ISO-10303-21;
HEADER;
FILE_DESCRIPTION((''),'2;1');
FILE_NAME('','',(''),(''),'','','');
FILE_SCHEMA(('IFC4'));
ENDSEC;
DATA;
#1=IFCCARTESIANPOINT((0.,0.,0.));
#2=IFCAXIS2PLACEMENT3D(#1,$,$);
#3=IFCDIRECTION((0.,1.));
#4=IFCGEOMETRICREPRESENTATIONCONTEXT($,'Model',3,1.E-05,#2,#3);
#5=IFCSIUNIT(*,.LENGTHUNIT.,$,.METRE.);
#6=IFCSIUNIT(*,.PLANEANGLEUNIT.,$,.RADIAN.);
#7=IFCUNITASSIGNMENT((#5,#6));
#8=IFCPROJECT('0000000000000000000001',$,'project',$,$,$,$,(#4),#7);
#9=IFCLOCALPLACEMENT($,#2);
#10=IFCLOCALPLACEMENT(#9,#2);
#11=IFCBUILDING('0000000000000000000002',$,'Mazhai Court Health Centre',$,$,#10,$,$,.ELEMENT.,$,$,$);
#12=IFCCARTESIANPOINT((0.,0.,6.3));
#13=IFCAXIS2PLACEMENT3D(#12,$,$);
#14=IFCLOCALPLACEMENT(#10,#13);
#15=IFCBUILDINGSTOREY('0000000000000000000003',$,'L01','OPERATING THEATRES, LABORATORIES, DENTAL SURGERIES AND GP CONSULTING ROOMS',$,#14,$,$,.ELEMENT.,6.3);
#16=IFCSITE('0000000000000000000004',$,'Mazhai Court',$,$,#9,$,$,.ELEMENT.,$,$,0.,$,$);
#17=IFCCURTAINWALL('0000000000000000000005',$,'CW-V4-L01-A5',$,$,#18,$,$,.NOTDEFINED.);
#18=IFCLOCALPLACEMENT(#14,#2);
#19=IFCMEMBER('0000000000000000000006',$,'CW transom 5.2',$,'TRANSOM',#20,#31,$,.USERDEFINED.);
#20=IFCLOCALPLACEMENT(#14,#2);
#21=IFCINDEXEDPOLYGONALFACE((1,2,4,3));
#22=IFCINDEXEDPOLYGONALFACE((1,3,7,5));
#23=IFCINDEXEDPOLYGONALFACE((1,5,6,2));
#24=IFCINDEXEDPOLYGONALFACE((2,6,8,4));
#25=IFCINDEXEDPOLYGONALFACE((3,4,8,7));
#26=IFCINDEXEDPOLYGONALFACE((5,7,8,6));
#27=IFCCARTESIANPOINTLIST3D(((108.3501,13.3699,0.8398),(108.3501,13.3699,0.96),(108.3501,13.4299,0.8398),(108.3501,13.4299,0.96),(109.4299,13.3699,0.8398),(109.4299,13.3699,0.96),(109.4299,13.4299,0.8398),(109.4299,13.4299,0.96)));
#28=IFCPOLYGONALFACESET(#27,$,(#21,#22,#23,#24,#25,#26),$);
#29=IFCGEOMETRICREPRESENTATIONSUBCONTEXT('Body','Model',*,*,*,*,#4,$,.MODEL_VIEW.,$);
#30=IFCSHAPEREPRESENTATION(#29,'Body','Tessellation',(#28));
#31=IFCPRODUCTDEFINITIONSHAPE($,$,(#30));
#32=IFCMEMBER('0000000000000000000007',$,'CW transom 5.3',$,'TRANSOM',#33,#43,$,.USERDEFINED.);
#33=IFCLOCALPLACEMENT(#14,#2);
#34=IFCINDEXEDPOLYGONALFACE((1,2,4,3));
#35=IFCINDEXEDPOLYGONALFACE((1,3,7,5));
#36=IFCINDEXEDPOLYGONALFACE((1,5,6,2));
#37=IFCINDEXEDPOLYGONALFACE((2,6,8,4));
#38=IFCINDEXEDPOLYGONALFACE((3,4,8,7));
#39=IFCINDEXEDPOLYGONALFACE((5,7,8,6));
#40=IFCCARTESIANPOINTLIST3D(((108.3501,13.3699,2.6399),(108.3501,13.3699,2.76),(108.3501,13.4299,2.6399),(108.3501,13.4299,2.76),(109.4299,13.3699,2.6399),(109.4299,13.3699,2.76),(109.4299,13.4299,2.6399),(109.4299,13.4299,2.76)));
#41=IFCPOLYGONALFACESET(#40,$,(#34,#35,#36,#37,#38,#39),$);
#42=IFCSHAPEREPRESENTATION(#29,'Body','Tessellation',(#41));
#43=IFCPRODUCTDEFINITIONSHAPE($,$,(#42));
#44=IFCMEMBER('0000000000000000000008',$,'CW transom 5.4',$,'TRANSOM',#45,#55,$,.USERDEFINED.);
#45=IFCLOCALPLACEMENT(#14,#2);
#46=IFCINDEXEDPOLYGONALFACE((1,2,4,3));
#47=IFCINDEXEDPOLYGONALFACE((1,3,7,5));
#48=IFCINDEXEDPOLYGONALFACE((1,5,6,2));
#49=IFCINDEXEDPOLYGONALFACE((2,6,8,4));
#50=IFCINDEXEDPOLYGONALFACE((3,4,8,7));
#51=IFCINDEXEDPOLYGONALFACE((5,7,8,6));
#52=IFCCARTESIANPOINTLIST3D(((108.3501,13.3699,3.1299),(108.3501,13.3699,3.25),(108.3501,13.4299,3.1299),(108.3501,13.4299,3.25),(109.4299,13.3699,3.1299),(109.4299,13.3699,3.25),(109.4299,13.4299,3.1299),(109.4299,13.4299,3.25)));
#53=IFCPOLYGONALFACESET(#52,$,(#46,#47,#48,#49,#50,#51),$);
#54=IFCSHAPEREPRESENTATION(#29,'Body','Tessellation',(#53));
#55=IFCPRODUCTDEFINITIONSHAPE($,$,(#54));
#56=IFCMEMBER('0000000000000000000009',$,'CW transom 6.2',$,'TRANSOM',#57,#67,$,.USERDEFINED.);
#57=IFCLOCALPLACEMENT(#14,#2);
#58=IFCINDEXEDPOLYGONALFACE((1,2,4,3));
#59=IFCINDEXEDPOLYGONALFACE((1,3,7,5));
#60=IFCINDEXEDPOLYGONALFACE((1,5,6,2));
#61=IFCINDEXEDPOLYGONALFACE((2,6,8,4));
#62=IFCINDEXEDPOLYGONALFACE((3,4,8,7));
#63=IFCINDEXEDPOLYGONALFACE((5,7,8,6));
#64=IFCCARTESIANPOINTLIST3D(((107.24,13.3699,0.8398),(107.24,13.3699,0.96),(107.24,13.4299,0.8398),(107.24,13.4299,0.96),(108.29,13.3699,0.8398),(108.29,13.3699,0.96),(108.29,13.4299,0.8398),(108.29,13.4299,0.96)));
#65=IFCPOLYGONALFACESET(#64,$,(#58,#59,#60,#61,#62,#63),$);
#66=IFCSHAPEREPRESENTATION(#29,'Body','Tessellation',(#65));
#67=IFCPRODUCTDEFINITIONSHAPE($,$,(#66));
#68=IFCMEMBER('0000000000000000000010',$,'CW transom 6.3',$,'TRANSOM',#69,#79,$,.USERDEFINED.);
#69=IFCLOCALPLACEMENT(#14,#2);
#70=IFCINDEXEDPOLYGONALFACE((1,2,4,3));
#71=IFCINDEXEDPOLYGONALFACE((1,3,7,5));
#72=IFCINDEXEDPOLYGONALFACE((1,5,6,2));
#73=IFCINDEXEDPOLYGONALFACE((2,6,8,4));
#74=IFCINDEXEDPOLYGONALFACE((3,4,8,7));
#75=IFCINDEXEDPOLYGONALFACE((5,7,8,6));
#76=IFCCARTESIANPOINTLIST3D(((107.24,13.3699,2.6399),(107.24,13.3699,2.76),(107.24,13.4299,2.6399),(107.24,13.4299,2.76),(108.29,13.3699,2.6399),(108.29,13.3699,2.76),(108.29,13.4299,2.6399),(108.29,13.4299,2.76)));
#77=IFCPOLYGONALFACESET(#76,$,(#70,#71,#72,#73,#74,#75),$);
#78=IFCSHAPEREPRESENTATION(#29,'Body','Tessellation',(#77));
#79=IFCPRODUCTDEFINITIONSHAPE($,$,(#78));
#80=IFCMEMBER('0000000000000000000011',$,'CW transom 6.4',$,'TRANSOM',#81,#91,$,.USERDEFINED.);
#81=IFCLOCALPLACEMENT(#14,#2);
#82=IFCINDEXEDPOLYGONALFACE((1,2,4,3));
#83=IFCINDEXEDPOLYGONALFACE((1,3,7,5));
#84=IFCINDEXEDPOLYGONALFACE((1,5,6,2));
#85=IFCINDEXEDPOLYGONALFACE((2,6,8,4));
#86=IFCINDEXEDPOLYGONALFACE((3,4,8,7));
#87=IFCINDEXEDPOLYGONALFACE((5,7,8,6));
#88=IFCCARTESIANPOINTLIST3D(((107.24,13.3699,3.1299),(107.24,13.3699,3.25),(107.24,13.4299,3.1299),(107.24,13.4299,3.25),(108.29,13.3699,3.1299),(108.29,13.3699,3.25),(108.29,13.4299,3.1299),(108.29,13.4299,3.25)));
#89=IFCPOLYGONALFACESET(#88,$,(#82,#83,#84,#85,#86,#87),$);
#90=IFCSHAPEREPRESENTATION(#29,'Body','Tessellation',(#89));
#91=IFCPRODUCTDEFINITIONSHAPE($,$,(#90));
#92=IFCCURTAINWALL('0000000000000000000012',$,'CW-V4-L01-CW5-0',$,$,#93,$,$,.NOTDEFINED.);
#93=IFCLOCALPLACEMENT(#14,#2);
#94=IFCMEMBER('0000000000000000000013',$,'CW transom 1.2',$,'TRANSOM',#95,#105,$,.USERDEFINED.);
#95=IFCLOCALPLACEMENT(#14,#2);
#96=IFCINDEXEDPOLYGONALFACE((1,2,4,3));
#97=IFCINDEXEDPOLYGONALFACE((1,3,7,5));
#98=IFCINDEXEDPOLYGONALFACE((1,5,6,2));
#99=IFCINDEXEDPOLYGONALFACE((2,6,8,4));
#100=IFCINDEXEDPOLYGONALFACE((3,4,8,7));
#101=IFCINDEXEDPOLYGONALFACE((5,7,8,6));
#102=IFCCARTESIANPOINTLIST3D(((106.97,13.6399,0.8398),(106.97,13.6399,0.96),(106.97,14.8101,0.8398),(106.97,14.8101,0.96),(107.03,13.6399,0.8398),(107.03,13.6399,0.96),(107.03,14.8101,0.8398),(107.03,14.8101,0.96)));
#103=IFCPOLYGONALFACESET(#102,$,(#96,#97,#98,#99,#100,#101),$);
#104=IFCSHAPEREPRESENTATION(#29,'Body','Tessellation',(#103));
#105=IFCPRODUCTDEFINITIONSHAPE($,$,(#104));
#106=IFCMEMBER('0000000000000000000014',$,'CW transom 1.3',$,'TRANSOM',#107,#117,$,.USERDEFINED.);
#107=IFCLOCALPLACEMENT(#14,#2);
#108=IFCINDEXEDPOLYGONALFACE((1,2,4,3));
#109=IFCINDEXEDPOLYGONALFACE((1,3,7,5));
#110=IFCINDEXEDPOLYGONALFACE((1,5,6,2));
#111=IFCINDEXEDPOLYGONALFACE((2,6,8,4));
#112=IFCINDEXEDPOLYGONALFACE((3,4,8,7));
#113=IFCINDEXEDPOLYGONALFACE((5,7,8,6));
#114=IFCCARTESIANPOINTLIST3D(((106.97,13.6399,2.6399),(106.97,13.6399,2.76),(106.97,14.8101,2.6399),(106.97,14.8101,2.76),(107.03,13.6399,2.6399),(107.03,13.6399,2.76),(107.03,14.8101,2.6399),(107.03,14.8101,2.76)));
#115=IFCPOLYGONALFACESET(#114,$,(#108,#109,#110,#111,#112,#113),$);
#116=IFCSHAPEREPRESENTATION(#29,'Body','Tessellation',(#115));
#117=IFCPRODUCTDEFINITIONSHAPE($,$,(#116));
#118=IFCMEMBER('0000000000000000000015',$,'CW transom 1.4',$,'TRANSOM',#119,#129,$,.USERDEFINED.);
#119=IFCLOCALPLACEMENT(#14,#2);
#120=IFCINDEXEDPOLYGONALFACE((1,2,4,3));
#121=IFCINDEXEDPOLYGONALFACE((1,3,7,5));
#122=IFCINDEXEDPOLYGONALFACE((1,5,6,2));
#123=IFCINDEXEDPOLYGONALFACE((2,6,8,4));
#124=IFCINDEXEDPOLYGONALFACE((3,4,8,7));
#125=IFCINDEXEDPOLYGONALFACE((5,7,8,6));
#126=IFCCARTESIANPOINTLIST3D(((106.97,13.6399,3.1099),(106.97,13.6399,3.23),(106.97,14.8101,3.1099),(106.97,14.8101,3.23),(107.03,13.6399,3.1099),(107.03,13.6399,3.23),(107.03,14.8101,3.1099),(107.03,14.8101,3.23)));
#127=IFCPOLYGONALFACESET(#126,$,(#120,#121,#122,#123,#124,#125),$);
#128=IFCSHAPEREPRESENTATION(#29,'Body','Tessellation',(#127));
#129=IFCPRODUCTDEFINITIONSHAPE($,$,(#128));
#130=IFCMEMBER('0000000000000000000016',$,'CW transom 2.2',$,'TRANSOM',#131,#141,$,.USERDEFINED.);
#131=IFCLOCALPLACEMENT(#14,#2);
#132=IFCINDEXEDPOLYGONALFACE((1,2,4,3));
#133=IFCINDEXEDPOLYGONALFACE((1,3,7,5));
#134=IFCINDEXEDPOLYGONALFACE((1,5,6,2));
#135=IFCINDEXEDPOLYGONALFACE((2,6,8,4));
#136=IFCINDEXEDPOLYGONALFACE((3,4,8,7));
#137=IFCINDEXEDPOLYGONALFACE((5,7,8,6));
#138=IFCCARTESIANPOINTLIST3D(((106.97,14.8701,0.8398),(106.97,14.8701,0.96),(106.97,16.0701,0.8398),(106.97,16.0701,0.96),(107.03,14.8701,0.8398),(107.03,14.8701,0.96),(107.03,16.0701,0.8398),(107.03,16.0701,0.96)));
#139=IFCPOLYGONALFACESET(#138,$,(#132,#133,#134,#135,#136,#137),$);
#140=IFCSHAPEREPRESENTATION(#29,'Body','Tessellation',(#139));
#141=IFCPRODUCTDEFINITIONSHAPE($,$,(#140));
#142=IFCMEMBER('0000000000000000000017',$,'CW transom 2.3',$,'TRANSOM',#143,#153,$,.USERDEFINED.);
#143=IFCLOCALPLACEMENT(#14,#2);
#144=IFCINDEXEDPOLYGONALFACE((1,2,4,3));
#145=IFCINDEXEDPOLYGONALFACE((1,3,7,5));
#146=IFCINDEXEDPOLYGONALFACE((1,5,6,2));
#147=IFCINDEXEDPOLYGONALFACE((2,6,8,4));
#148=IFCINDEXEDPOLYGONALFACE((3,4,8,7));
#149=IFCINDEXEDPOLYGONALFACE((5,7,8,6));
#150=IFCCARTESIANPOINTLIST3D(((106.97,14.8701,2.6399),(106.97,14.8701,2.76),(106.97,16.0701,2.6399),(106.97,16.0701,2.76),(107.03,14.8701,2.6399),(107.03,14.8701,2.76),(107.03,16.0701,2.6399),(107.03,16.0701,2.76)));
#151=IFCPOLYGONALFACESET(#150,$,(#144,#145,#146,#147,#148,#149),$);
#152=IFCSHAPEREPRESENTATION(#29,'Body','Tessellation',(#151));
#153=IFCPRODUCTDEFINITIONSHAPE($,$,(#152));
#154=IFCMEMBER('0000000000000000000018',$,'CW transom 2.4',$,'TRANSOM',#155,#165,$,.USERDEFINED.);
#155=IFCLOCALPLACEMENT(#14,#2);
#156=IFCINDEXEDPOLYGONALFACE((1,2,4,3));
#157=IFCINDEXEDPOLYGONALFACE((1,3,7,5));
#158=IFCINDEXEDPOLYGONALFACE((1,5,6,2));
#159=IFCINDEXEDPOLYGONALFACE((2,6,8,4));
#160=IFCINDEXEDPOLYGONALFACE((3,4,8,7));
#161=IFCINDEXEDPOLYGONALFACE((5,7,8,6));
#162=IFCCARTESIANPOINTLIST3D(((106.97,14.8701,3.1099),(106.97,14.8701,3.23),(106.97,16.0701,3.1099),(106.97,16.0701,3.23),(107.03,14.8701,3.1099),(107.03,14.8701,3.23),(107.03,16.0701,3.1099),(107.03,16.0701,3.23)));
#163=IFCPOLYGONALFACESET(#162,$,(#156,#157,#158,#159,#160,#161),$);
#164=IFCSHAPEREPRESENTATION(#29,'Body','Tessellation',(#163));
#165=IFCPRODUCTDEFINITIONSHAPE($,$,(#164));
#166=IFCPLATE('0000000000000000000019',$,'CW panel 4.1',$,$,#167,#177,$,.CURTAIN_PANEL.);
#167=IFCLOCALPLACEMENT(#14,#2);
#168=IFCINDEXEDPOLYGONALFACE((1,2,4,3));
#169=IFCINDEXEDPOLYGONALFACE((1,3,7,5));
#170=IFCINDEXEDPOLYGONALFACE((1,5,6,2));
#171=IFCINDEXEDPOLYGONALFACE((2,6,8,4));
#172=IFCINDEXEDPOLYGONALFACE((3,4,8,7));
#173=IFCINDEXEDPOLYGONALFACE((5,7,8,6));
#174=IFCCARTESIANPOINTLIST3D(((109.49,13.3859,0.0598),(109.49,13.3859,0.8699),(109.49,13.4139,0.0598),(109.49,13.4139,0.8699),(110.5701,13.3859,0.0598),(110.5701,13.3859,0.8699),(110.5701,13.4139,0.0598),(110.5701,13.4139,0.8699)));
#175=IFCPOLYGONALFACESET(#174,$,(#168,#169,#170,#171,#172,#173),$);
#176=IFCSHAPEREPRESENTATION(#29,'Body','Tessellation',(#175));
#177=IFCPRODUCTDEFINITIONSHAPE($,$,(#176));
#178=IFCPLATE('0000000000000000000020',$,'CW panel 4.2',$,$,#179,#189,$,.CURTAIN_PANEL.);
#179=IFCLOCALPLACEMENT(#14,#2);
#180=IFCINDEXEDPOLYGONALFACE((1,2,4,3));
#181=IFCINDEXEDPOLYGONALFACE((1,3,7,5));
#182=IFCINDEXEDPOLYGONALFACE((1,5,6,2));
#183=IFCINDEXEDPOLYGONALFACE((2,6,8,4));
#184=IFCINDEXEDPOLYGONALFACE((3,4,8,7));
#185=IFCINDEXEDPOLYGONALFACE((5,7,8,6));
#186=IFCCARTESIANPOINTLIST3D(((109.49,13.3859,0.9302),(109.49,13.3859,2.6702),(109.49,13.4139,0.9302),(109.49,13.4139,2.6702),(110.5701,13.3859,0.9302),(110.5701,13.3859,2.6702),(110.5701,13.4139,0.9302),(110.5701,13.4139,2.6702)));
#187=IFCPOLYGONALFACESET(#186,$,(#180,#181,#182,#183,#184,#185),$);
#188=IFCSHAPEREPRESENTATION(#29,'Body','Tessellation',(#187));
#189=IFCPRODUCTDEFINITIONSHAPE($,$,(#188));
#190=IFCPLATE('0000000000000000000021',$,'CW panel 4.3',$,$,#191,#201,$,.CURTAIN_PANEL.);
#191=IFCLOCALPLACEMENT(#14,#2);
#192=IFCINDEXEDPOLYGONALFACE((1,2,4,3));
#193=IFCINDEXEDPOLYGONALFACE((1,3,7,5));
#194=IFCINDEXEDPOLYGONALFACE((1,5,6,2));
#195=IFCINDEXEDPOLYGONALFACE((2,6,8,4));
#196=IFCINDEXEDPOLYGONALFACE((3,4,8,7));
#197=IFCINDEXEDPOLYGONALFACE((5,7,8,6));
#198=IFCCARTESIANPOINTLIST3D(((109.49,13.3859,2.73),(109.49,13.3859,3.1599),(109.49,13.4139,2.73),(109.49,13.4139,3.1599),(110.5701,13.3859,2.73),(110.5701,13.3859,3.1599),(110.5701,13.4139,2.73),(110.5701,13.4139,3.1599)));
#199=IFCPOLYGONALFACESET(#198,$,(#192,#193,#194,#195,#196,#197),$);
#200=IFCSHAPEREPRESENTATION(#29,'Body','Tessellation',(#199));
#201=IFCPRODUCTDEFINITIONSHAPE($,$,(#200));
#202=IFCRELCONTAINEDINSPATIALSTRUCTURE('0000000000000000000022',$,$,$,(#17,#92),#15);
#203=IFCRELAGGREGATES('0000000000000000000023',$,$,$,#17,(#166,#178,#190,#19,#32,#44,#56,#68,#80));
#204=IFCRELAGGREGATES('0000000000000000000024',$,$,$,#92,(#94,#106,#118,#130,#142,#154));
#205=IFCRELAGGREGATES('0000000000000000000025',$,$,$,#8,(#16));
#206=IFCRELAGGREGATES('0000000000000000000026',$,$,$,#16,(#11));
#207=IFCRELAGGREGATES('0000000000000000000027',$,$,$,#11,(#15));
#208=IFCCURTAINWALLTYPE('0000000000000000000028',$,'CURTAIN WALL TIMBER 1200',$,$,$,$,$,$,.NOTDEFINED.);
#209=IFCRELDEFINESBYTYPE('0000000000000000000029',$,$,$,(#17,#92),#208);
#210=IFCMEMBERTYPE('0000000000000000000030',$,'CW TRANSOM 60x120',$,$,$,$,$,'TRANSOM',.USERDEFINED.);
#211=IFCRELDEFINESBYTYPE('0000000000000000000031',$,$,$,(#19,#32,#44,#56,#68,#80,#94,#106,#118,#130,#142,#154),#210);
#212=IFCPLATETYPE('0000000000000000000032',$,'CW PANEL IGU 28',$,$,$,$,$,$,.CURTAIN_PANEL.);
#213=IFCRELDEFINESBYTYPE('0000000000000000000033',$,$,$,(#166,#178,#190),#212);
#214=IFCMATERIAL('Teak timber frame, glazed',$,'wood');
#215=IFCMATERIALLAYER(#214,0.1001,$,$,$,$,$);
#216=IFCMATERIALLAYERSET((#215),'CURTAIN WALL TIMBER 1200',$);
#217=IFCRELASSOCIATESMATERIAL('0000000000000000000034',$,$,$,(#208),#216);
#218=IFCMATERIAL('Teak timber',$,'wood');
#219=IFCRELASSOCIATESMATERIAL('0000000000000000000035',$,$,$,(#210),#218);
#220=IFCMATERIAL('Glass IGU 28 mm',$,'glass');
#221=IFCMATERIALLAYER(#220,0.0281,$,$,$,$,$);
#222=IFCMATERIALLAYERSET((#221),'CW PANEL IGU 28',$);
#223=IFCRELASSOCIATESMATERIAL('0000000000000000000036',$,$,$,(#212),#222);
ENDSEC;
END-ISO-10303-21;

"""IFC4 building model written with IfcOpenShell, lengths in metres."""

from ifc_helpers import new_model, si_unit, direction, frame, origin, origin_2d, place, context, subcontext, project, spatial, rectangle, extrude, material, layer, layer_set, material_profile, profile_set, type_object, element, aggregate, save


model = new_model("IFC4")

# Units and contexts
model_context = context("Model", 3, precision=1e-05, world=origin(), true_north=direction((0.0, 1.0)))
body_context = subcontext(model_context, "Body", "Model", "MODEL_VIEW")
ifc_project = project(units=[si_unit("LENGTHUNIT", "METRE"), si_unit("PLANEANGLEUNIT", "RADIAN")], contexts=[model_context])

# Site, building, storey
site_placement = place(None, origin())
site = spatial("IfcSite", under=ifc_project, at=site_placement, Name="Mazhai Court", CompositionType="ELEMENT", RefElevation=0.0)
building_placement = place(site_placement, origin())
building = spatial("IfcBuilding", under=site, at=building_placement, Name="Mazhai Court Health Centre", CompositionType="ELEMENT")
storey_placement = place(building_placement, frame((0.0, 0.0, 6.3)))
storey = spatial("IfcBuildingStorey", under=building, at=storey_placement, Name="L01", Description="OPERATING THEATRES, LABORATORIES, DENTAL SURGERIES AND GP CONSULTING ROOMS", CompositionType="ELEMENT", Elevation=6.3)

# Curtain walls, members
ifc_material_1 = material(Name="Teak timber frame, glazed", Category="wood")
ifc_layer_1 = layer(ifc_material_1, 0.1001)
ifc_layer_set_1 = layer_set([ifc_layer_1], Name="CURTAIN WALL TIMBER 1200")
curtain_wall_type = type_object("IfcCurtainWallType", Name="CURTAIN WALL TIMBER 1200", PredefinedType="NOTDEFINED", material=ifc_layer_set_1)
curtain_wall_1_placement = place(storey_placement, origin())
curtain_wall_1 = element("IfcCurtainWall", 1, at=curtain_wall_1_placement, inside=storey, type_object=curtain_wall_type, Name="CW-V4-L01-A5", PredefinedType="NOTDEFINED")
ifc_material_2 = material(Name="Teak timber", Category="wood")
ifc_material_profile = material_profile(ifc_material_2, rectangle(XDim=0.0601, YDim=0.1201, at=origin_2d()), Name="CW TRANSOM 60x120")
ifc_profile_set = profile_set([ifc_material_profile], Name="Teak timber")
member_type = type_object("IfcMemberType", Name="CW TRANSOM 60x120", ElementType="TRANSOM", PredefinedType="USERDEFINED", material=ifc_profile_set)
member_1_placement = place(storey_placement, frame((109.4299, 13.3999, 0.8999), z_axis=(-1.0, 0.0, 0.0), x_axis=(0.0, -1.0, 0.0)))
member_1 = element("IfcMember", 2, at=member_1_placement, type_object=member_type, Name="CW transom 5.2", ObjectType="TRANSOM", PredefinedType="USERDEFINED", context=body_context, shape_type="SweptSolid", body=[
    extrude(rectangle(XDim=0.0601, YDim=0.1201, at=origin_2d()), origin(), (0.0, 0.0, 1.0), 1.0798),
])
member_2_placement = place(storey_placement, frame((109.4299, 13.3999, 2.7), z_axis=(-1.0, 0.0, 0.0), x_axis=(0.0, -1.0, 0.0)))
member_2 = element("IfcMember", 3, at=member_2_placement, type_object=member_type, Name="CW transom 5.3", ObjectType="TRANSOM", PredefinedType="USERDEFINED", context=body_context, shape_type="SweptSolid", body=[
    extrude(rectangle(XDim=0.0601, YDim=0.1201, at=origin_2d()), origin(), (0.0, 0.0, 1.0), 1.0798),
])
member_3_placement = place(storey_placement, frame((109.4299, 13.3999, 3.1899), z_axis=(-1.0, 0.0, 0.0), x_axis=(0.0, -1.0, 0.0)))
member_3 = element("IfcMember", 4, at=member_3_placement, type_object=member_type, Name="CW transom 5.4", ObjectType="TRANSOM", PredefinedType="USERDEFINED", context=body_context, shape_type="SweptSolid", body=[
    extrude(rectangle(XDim=0.0601, YDim=0.1201, at=origin_2d()), origin(), (0.0, 0.0, 1.0), 1.0798),
])
member_4_placement = place(storey_placement, frame((108.29, 13.3999, 0.8999), z_axis=(-1.0, 0.0, 0.0), x_axis=(0.0, -1.0, 0.0)))
member_4 = element("IfcMember", 5, at=member_4_placement, type_object=member_type, Name="CW transom 6.2", ObjectType="TRANSOM", PredefinedType="USERDEFINED", context=body_context, shape_type="SweptSolid", body=[
    extrude(rectangle(XDim=0.0601, YDim=0.1201, at=origin_2d()), origin(), (0.0, 0.0, 1.0), 1.05),
])
member_5_placement = place(storey_placement, frame((108.29, 13.3999, 2.7), z_axis=(-1.0, 0.0, 0.0), x_axis=(0.0, -1.0, 0.0)))
member_5 = element("IfcMember", 6, at=member_5_placement, type_object=member_type, Name="CW transom 6.3", ObjectType="TRANSOM", PredefinedType="USERDEFINED", context=body_context, shape_type="SweptSolid", body=[
    extrude(rectangle(XDim=0.0601, YDim=0.1201, at=origin_2d()), origin(), (0.0, 0.0, 1.0), 1.05),
])
member_6_placement = place(storey_placement, frame((108.29, 13.3999, 3.1899), z_axis=(-1.0, 0.0, 0.0), x_axis=(0.0, -1.0, 0.0)))
member_6 = element("IfcMember", 7, at=member_6_placement, type_object=member_type, Name="CW transom 6.4", ObjectType="TRANSOM", PredefinedType="USERDEFINED", context=body_context, shape_type="SweptSolid", body=[
    extrude(rectangle(XDim=0.0601, YDim=0.1201, at=origin_2d()), origin(), (0.0, 0.0, 1.0), 1.05),
])
curtain_wall_2_placement = place(storey_placement, origin())
curtain_wall_2 = element("IfcCurtainWall", 8, at=curtain_wall_2_placement, inside=storey, type_object=curtain_wall_type, Name="CW-V4-L01-CW5-0", PredefinedType="NOTDEFINED")
member_7_placement = place(storey_placement, frame((107.0, 13.6399, 0.8999), z_axis=(0.0, 1.0, 0.0), x_axis=(-1.0, 0.0, 0.0)))
member_7 = element("IfcMember", 9, at=member_7_placement, type_object=member_type, Name="CW transom 1.2", ObjectType="TRANSOM", PredefinedType="USERDEFINED", context=body_context, shape_type="SweptSolid", body=[
    extrude(rectangle(XDim=0.0601, YDim=0.1201, at=origin_2d()), origin(), (0.0, 0.0, 1.0), 1.1702),
])
member_8_placement = place(storey_placement, frame((107.0, 13.6399, 2.7), z_axis=(0.0, 1.0, 0.0), x_axis=(-1.0, 0.0, 0.0)))
member_8 = element("IfcMember", 10, at=member_8_placement, type_object=member_type, Name="CW transom 1.3", ObjectType="TRANSOM", PredefinedType="USERDEFINED", context=body_context, shape_type="SweptSolid", body=[
    extrude(rectangle(XDim=0.0601, YDim=0.1201, at=origin_2d()), origin(), (0.0, 0.0, 1.0), 1.1702),
])
member_9_placement = place(storey_placement, frame((107.0, 13.6399, 3.1699), z_axis=(0.0, 1.0, 0.0), x_axis=(-1.0, 0.0, 0.0)))
member_9 = element("IfcMember", 11, at=member_9_placement, type_object=member_type, Name="CW transom 1.4", ObjectType="TRANSOM", PredefinedType="USERDEFINED", context=body_context, shape_type="SweptSolid", body=[
    extrude(rectangle(XDim=0.0601, YDim=0.1201, at=origin_2d()), origin(), (0.0, 0.0, 1.0), 1.1702),
])
member_10_placement = place(storey_placement, frame((107.0, 14.8701, 0.8999), z_axis=(0.0, 1.0, 0.0), x_axis=(-1.0, 0.0, 0.0)))
member_10 = element("IfcMember", 12, at=member_10_placement, type_object=member_type, Name="CW transom 2.2", ObjectType="TRANSOM", PredefinedType="USERDEFINED", context=body_context, shape_type="SweptSolid", body=[
    extrude(rectangle(XDim=0.0601, YDim=0.1201, at=origin_2d()), origin(), (0.0, 0.0, 1.0), 1.2),
])
member_11_placement = place(storey_placement, frame((107.0, 14.8701, 2.7), z_axis=(0.0, 1.0, 0.0), x_axis=(-1.0, 0.0, 0.0)))
member_11 = element("IfcMember", 13, at=member_11_placement, type_object=member_type, Name="CW transom 2.3", ObjectType="TRANSOM", PredefinedType="USERDEFINED", context=body_context, shape_type="SweptSolid", body=[
    extrude(rectangle(XDim=0.0601, YDim=0.1201, at=origin_2d()), origin(), (0.0, 0.0, 1.0), 1.2),
])
member_12_placement = place(storey_placement, frame((107.0, 14.8701, 3.1699), z_axis=(0.0, 1.0, 0.0), x_axis=(-1.0, 0.0, 0.0)))
member_12 = element("IfcMember", 14, at=member_12_placement, type_object=member_type, Name="CW transom 2.4", ObjectType="TRANSOM", PredefinedType="USERDEFINED", context=body_context, shape_type="SweptSolid", body=[
    extrude(rectangle(XDim=0.0601, YDim=0.1201, at=origin_2d()), origin(), (0.0, 0.0, 1.0), 1.2),
])

# Plates
ifc_material_3 = material(Name="Glass IGU 28 mm", Category="glass")
ifc_layer_2 = layer(ifc_material_3, 0.0281)
ifc_layer_set_2 = layer_set([ifc_layer_2], Name="CW PANEL IGU 28")
plate_type = type_object("IfcPlateType", Name="CW PANEL IGU 28", PredefinedType="CURTAIN_PANEL", material=ifc_layer_set_2)
plate_1_placement = place(storey_placement, frame((110.03, 13.3999, 0.0598), z_axis=(0.0, 0.0, 1.0), x_axis=(-1.0, 0.0, 0.0)))
plate_1 = element("IfcPlate", 15, at=plate_1_placement, type_object=plate_type, Name="CW panel 4.1", PredefinedType="CURTAIN_PANEL", context=body_context, shape_type="SweptSolid", body=[
    extrude(rectangle(XDim=1.0801, YDim=0.0281, at=origin_2d()), origin(), (0.0, 0.0, 1.0), 0.8101),
])
plate_2_placement = place(storey_placement, frame((110.03, 13.3999, 0.9302), z_axis=(0.0, 0.0, 1.0), x_axis=(-1.0, 0.0, 0.0)))
plate_2 = element("IfcPlate", 16, at=plate_2_placement, type_object=plate_type, Name="CW panel 4.2", PredefinedType="CURTAIN_PANEL", context=body_context, shape_type="SweptSolid", body=[
    extrude(rectangle(XDim=1.0801, YDim=0.0281, at=origin_2d()), origin(), (0.0, 0.0, 1.0), 1.74),
])
plate_3_placement = place(storey_placement, frame((110.03, 13.3999, 2.73), z_axis=(0.0, 0.0, 1.0), x_axis=(-1.0, 0.0, 0.0)))
plate_3 = element("IfcPlate", 17, at=plate_3_placement, type_object=plate_type, Name="CW panel 4.3", PredefinedType="CURTAIN_PANEL", context=body_context, shape_type="SweptSolid", body=[
    extrude(rectangle(XDim=1.0801, YDim=0.0281, at=origin_2d()), origin(), (0.0, 0.0, 1.0), 0.4299),
])
aggregate(curtain_wall_1, [plate_1, plate_2, plate_3, member_1, member_2, member_3, member_4, member_5, member_6])
aggregate(curtain_wall_2, [member_7, member_8, member_9, member_10, member_11, member_12])

save(model, "model.ifc")
